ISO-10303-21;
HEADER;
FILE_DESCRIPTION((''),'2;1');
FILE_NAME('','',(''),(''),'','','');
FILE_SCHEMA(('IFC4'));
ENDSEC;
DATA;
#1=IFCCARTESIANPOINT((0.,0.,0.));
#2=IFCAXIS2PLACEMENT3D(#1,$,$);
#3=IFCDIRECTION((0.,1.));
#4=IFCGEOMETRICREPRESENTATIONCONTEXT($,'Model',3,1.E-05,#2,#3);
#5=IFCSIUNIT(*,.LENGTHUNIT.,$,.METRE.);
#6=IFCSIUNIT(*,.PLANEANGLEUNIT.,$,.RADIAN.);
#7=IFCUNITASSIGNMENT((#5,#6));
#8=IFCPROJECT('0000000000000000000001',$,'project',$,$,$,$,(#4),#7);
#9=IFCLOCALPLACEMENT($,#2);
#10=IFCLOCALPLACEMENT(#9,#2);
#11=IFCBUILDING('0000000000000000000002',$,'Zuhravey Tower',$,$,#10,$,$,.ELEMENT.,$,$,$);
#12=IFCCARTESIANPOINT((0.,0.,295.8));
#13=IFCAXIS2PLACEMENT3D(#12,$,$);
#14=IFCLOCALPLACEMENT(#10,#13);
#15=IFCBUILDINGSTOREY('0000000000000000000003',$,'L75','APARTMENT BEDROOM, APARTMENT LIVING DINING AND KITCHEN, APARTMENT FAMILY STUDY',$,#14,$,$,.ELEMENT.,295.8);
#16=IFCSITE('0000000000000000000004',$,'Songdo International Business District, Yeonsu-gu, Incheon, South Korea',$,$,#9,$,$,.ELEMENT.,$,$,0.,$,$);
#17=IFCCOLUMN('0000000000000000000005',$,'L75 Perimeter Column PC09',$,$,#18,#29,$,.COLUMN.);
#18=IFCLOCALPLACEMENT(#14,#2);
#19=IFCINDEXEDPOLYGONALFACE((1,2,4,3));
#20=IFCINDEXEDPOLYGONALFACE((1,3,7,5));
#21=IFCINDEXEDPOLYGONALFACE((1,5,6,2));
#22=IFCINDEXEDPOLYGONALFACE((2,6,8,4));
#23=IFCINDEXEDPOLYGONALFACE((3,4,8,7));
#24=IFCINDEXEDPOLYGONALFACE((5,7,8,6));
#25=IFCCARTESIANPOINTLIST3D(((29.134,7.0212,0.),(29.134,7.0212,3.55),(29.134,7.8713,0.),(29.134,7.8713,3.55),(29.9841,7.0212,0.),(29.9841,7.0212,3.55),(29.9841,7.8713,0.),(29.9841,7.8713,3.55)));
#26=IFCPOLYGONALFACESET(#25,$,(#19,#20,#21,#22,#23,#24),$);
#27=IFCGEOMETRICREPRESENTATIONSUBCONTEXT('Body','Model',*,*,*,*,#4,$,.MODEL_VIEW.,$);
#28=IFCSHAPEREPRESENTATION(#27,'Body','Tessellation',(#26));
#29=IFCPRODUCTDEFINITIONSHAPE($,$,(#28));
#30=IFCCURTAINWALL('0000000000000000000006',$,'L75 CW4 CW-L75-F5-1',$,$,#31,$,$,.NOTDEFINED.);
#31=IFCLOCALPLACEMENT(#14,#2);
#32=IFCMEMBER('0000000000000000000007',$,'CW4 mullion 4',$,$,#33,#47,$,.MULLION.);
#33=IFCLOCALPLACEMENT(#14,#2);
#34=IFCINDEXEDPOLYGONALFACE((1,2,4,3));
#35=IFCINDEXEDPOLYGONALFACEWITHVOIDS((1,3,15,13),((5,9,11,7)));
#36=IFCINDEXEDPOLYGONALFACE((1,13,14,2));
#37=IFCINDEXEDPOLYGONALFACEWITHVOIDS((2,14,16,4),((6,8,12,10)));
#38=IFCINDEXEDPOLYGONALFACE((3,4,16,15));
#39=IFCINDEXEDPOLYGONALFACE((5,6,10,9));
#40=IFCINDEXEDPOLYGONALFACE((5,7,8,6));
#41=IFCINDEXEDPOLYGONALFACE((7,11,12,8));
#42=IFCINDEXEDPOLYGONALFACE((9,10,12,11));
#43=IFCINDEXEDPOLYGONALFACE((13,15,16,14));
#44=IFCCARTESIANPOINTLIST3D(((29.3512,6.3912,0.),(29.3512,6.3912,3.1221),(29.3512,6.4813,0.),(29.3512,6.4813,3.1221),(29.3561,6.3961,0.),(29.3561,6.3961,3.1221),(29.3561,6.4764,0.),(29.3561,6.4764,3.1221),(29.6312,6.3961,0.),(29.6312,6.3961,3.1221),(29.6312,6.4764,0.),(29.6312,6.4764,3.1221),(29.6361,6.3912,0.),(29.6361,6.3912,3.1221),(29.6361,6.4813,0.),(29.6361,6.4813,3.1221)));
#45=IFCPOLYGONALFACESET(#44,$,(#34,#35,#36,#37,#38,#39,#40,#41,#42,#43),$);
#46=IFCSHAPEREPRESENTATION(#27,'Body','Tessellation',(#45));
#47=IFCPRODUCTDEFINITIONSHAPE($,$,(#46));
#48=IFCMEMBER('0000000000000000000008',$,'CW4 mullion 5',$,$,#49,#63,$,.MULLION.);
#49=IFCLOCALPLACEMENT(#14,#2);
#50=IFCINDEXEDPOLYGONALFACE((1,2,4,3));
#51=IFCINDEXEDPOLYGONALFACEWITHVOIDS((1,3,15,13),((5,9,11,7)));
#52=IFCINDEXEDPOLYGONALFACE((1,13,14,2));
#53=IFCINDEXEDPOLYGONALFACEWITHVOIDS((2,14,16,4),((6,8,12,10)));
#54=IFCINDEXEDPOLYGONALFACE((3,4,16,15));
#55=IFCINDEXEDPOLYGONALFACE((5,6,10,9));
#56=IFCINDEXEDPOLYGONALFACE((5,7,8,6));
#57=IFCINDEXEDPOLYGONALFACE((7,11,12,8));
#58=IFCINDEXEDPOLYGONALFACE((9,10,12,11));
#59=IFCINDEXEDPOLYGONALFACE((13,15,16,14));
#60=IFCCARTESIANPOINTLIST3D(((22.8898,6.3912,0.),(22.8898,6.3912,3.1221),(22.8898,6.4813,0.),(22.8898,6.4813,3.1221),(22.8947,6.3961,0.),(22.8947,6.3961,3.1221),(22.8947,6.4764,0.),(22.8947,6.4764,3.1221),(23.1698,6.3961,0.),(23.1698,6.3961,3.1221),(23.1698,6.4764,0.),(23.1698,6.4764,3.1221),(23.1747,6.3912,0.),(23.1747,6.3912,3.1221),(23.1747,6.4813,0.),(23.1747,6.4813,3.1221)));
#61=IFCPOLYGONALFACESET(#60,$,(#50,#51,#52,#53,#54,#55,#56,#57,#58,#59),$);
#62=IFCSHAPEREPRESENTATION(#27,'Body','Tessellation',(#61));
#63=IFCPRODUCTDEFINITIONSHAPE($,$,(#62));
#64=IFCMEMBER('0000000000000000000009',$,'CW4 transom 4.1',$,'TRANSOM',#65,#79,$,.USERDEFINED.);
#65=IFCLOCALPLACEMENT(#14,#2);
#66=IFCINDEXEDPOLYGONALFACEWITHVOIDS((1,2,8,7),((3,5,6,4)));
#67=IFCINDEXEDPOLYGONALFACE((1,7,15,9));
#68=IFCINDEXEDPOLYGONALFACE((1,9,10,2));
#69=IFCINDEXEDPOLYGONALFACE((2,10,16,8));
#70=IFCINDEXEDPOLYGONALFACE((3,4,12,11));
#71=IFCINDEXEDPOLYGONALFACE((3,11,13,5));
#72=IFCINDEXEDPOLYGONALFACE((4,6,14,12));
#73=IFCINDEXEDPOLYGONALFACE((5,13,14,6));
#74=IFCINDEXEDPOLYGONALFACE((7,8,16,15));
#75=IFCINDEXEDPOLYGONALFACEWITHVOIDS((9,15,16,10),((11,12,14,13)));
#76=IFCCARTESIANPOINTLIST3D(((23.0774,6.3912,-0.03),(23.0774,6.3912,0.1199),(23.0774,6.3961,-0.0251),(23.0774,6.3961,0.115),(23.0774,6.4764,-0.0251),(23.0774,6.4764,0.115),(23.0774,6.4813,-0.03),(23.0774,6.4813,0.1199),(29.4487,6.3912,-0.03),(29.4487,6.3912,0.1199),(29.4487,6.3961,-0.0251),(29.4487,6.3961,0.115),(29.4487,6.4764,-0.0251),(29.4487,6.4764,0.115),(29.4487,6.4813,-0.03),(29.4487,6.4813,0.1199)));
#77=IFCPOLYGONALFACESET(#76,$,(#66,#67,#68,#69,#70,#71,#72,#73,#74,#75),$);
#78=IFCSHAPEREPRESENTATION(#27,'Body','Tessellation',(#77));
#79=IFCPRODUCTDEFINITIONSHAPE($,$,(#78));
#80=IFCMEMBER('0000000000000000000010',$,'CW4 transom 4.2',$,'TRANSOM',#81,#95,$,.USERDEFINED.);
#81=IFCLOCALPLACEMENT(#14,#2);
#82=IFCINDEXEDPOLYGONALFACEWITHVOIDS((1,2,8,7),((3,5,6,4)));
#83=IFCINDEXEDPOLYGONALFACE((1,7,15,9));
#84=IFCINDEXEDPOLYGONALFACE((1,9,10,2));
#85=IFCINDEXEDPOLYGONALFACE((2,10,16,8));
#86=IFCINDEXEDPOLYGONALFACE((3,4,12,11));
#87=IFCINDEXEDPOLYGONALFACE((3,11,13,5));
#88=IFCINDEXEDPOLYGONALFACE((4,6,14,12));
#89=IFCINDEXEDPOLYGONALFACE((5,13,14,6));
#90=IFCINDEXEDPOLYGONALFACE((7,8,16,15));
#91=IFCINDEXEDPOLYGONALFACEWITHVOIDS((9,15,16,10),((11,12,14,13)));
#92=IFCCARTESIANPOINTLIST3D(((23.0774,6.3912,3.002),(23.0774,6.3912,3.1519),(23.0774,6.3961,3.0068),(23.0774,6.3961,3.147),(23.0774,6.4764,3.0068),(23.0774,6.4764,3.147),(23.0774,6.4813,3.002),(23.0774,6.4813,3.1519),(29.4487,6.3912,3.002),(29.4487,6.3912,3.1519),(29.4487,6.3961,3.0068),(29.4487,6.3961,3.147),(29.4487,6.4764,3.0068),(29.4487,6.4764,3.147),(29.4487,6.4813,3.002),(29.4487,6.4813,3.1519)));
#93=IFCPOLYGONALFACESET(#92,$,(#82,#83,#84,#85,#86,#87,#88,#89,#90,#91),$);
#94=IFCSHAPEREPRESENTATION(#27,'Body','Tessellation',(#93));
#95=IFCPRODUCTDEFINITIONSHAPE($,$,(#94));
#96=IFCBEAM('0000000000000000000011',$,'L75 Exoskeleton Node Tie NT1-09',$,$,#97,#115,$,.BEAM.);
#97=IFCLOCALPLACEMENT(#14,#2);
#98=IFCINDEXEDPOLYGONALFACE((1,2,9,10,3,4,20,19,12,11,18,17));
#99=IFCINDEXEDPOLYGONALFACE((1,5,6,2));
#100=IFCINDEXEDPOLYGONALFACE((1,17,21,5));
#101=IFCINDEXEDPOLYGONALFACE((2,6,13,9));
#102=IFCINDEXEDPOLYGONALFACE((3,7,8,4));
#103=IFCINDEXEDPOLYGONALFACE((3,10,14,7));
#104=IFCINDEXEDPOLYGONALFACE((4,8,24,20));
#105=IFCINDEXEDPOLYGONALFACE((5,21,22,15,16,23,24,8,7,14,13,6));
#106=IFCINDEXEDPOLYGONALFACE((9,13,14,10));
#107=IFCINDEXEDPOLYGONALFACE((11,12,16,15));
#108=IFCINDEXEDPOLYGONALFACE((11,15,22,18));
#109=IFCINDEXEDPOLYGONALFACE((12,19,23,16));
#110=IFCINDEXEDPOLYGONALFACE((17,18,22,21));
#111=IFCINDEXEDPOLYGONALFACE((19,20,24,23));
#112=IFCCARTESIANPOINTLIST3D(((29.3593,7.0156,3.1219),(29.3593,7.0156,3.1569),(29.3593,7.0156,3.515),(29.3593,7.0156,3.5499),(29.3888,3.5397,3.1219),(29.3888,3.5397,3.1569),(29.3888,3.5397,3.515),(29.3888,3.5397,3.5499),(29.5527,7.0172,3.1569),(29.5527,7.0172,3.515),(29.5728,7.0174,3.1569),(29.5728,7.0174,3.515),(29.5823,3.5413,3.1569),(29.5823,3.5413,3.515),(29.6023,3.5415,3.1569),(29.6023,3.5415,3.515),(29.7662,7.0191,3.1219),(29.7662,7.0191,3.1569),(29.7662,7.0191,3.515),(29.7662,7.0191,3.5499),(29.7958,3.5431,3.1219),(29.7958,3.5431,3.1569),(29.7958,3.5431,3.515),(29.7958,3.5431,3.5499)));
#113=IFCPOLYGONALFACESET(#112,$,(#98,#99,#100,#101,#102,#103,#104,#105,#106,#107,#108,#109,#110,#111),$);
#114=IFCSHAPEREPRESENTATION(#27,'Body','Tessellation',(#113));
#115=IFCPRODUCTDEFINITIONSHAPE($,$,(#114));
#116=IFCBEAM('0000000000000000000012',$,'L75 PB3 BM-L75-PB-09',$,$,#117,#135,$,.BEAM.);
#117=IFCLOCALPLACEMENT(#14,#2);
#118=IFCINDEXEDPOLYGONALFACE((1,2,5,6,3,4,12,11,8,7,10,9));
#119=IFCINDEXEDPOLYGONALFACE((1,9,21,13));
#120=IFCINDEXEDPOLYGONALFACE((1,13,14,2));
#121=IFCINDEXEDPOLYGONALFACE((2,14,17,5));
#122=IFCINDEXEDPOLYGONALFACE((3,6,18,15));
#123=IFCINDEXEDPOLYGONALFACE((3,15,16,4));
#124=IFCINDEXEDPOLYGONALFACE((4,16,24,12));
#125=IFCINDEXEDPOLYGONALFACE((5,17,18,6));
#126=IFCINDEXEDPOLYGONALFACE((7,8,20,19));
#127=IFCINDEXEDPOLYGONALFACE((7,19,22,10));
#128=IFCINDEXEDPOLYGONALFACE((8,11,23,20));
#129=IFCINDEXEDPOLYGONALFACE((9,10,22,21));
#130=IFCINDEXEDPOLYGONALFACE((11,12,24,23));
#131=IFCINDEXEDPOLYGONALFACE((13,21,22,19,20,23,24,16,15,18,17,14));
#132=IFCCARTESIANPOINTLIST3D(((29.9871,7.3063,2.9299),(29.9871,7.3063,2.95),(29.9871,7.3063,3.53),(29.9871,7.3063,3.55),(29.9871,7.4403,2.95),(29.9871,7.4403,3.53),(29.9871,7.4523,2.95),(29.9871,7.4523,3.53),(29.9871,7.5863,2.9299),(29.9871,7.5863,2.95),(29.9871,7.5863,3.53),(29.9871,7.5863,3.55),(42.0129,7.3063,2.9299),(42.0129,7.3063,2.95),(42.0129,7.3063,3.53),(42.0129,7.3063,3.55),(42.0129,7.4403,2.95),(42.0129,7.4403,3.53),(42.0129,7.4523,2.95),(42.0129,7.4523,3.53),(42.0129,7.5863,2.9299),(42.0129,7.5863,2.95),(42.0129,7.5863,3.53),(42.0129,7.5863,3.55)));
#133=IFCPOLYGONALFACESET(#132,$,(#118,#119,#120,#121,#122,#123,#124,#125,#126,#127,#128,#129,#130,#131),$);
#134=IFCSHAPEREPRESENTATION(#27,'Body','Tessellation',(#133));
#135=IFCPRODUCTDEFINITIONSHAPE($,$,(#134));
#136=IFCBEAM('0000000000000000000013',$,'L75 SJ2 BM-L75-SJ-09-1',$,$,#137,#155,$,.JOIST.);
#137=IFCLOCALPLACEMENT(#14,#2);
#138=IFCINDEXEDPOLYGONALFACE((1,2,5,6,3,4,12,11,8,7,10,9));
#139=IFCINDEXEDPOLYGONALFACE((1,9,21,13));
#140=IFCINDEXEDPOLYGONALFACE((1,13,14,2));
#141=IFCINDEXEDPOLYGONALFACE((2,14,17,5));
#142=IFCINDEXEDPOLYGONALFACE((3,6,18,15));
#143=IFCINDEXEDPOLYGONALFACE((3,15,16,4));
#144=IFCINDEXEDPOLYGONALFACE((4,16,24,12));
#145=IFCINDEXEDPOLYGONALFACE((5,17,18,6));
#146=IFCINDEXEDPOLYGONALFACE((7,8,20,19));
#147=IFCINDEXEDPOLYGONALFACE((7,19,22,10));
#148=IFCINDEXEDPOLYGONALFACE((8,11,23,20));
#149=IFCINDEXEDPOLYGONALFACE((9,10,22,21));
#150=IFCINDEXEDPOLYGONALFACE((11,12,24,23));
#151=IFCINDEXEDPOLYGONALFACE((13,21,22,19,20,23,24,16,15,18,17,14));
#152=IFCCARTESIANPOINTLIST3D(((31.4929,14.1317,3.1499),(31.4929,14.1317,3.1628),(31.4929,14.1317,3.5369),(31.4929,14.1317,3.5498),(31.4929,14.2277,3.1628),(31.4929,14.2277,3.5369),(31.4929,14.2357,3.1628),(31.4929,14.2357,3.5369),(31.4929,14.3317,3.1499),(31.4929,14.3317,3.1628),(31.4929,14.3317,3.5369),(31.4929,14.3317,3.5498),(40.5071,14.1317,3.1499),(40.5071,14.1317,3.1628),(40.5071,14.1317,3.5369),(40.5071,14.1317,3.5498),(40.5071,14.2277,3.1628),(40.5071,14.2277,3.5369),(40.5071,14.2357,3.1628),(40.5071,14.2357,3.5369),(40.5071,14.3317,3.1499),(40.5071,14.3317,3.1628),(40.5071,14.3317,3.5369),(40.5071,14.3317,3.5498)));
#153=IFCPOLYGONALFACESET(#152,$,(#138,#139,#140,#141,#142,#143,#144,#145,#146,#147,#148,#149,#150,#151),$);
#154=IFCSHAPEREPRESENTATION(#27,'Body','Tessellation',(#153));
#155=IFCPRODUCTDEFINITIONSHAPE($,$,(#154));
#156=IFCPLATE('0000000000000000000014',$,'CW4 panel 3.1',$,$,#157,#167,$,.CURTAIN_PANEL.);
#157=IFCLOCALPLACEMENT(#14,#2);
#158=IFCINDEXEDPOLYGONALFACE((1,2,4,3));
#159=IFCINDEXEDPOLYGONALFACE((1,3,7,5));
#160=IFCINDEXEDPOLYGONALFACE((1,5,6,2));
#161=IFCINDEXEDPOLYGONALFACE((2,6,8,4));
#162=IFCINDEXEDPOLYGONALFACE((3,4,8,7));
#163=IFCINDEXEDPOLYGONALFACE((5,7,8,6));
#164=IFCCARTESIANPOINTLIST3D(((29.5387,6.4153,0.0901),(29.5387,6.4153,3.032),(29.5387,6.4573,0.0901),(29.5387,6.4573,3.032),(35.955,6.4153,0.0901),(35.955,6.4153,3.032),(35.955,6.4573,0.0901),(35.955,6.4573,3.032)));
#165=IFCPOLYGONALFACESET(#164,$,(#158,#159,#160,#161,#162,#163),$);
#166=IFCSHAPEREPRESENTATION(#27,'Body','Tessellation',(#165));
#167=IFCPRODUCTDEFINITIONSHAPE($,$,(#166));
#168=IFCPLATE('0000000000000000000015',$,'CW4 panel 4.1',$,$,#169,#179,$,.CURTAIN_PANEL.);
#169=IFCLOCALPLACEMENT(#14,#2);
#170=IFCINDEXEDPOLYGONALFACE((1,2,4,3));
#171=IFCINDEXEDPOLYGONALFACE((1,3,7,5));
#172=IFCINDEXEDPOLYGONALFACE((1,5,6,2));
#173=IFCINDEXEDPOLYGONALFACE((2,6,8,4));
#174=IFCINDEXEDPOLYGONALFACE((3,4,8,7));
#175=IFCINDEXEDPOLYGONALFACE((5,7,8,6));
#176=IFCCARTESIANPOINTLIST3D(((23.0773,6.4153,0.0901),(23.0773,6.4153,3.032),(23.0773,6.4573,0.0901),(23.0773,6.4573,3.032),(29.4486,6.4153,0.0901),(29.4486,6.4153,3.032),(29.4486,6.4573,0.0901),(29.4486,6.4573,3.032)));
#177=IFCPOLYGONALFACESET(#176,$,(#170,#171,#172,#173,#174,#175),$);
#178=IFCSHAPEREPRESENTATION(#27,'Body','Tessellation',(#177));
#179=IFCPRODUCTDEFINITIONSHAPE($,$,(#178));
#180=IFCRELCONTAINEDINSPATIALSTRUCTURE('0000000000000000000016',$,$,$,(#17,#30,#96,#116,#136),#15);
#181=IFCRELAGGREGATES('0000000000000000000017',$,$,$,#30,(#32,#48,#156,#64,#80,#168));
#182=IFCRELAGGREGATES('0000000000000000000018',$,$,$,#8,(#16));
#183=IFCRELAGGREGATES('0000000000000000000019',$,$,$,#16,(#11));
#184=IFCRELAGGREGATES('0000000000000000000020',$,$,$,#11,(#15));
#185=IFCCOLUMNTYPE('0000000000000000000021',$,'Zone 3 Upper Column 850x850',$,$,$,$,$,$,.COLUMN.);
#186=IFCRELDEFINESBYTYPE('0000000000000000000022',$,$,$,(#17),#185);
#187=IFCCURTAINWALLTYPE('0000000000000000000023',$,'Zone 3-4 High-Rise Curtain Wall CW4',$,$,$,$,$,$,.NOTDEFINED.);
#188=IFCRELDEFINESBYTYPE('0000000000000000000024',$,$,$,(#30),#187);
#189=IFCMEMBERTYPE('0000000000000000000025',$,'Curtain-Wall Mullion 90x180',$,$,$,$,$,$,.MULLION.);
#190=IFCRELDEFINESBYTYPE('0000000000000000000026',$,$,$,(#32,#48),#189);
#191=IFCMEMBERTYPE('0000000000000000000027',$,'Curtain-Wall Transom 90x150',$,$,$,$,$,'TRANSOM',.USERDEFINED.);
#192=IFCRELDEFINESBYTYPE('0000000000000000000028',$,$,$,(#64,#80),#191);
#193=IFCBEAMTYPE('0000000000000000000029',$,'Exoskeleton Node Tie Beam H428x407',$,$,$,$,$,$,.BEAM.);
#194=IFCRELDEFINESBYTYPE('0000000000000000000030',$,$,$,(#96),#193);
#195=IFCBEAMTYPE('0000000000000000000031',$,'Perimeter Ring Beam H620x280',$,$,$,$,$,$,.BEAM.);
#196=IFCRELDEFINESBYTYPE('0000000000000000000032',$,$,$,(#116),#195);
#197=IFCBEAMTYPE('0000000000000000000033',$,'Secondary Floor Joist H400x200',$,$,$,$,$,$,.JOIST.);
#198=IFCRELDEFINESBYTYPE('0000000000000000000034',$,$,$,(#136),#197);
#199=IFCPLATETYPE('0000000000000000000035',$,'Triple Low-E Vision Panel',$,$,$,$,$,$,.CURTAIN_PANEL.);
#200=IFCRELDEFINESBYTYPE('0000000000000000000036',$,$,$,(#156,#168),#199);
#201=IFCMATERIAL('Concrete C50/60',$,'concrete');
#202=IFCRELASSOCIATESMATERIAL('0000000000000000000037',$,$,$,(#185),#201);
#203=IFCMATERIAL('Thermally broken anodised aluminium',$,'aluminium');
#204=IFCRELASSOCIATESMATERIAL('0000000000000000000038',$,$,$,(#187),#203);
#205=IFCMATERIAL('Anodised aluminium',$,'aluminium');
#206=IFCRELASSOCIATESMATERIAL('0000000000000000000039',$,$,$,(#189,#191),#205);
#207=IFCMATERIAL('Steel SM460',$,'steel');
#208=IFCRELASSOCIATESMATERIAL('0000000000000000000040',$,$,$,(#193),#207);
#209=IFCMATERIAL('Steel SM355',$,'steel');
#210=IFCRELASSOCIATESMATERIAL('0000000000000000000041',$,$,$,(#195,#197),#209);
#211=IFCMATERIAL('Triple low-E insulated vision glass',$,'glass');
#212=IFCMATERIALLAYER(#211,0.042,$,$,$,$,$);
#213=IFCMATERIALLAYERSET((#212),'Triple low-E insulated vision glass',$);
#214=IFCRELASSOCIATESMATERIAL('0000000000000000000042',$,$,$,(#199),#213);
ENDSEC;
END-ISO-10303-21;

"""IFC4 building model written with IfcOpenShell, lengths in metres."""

from ifc_helpers import new_model, si_unit, direction, frame, origin, origin_2d, place, context, subcontext, project, spatial, rectangle, hollow_rectangle, i_section, extrude, material, layer, layer_set, material_profile, profile_set, type_object, element, aggregate, save


model = new_model("IFC4")

# Units and contexts
model_context = context("Model", 3, precision=1e-05, world=origin(), true_north=direction((0.0, 1.0)))
body_context = subcontext(model_context, "Body", "Model", "MODEL_VIEW")
ifc_project = project(units=[si_unit("LENGTHUNIT", "METRE"), si_unit("PLANEANGLEUNIT", "RADIAN")], contexts=[model_context])

# Site, building, storey
site_placement = place(None, origin())
site = spatial("IfcSite", under=ifc_project, at=site_placement, Name="Songdo International Business District, Yeonsu-gu, Incheon, South Korea", CompositionType="ELEMENT", RefElevation=0.0)
building_placement = place(site_placement, origin())
building = spatial("IfcBuilding", under=site, at=building_placement, Name="Zuhravey Tower", CompositionType="ELEMENT")
storey_placement = place(building_placement, frame((0.0, 0.0, 295.8)))
storey = spatial("IfcBuildingStorey", under=building, at=storey_placement, Name="L75", Description="APARTMENT BEDROOM, APARTMENT LIVING DINING AND KITCHEN, APARTMENT FAMILY STUDY", CompositionType="ELEMENT", Elevation=295.8)

# Column
ifc_material_1 = material(Name="Concrete C50/60", Category="concrete")
ifc_material_profile_1 = material_profile(ifc_material_1, rectangle(XDim=0.8501, YDim=0.8501, at=origin_2d()), Name="RC-850x850")
ifc_profile_set_1 = profile_set([ifc_material_profile_1], Name="Concrete C50/60")
column_type = type_object("IfcColumnType", Name="Zone 3 Upper Column 850x850", PredefinedType="COLUMN", material=ifc_profile_set_1)
column_placement = place(storey_placement, frame((29.5591, 7.4463, 0.0), z_axis=(0.0, 0.0, 1.0), x_axis=(1.0, 0.0, 0.0)))
element("IfcColumn", 1, at=column_placement, inside=storey, type_object=column_type, Name="L75 Perimeter Column PC09", PredefinedType="COLUMN", context=body_context, shape_type="SweptSolid", body=[
    extrude(rectangle(XDim=0.8501, YDim=0.8501, at=origin_2d()), origin(), (0.0, 0.0, 1.0), 3.55),
])

# Curtain wall, members
ifc_material_2 = material(Name="Thermally broken anodised aluminium", Category="aluminium")
curtain_wall_type = type_object("IfcCurtainWallType", Name="Zone 3-4 High-Rise Curtain Wall CW4", PredefinedType="NOTDEFINED", material=ifc_material_2)
curtain_wall_placement = place(storey_placement, origin())
curtain_wall = element("IfcCurtainWall", 2, at=curtain_wall_placement, inside=storey, type_object=curtain_wall_type, Name="L75 CW4 CW-L75-F5-1", PredefinedType="NOTDEFINED")
ifc_material_3 = material(Name="Anodised aluminium", Category="aluminium")
ifc_material_profile_2 = material_profile(ifc_material_3, hollow_rectangle(XDim=0.0901, YDim=0.2849, WallThickness=0.0049, at=origin_2d()), Name="ALU-RHS-90x285x5")
ifc_profile_set_2 = profile_set([ifc_material_profile_2], Name="Anodised aluminium")
member_type_1 = type_object("IfcMemberType", Name="Curtain-Wall Mullion 90x180", PredefinedType="MULLION", material=ifc_profile_set_2)
member_1_placement = place(storey_placement, frame((29.4937, 6.4363, 0.0), z_axis=(0.0, 0.0, 1.0), x_axis=(0.0, -1.0, 0.0)))
member_1 = element("IfcMember", 3, at=member_1_placement, type_object=member_type_1, Name="CW4 mullion 4", PredefinedType="MULLION", context=body_context, shape_type="SweptSolid", body=[
    extrude(hollow_rectangle(XDim=0.0901, YDim=0.2849, WallThickness=0.0049, at=origin_2d()), origin(), (0.0, 0.0, 1.0), 3.1221),
])
member_2_placement = place(storey_placement, frame((23.0322, 6.4363, 0.0), z_axis=(0.0, 0.0, 1.0), x_axis=(0.0, -1.0, 0.0)))
member_2 = element("IfcMember", 4, at=member_2_placement, type_object=member_type_1, Name="CW4 mullion 5", PredefinedType="MULLION", context=body_context, shape_type="SweptSolid", body=[
    extrude(hollow_rectangle(XDim=0.0901, YDim=0.2849, WallThickness=0.0049, at=origin_2d()), origin(), (0.0, 0.0, 1.0), 3.1221),
])
ifc_material_profile_3 = material_profile(ifc_material_3, hollow_rectangle(XDim=0.0901, YDim=0.1499, WallThickness=0.0049, at=origin_2d()), Name="ALU-RHS-90x150x5")
ifc_profile_set_3 = profile_set([ifc_material_profile_3], Name="Anodised aluminium")
member_type_2 = type_object("IfcMemberType", Name="Curtain-Wall Transom 90x150", ElementType="TRANSOM", PredefinedType="USERDEFINED", material=ifc_profile_set_3)
member_3_placement = place(storey_placement, frame((29.4487, 6.4363, 0.0449), z_axis=(-1.0, 0.0, 0.0), x_axis=(0.0, -1.0, 0.0)))
member_3 = element("IfcMember", 5, at=member_3_placement, type_object=member_type_2, Name="CW4 transom 4.1", ObjectType="TRANSOM", PredefinedType="USERDEFINED", context=body_context, shape_type="SweptSolid", body=[
    extrude(hollow_rectangle(XDim=0.0901, YDim=0.1499, WallThickness=0.0049, at=origin_2d()), origin(), (0.0, 0.0, 1.0), 6.3713),
])
member_4_placement = place(storey_placement, frame((29.4487, 6.4363, 3.0769), z_axis=(-1.0, 0.0, 0.0), x_axis=(0.0, -1.0, 0.0)))
member_4 = element("IfcMember", 6, at=member_4_placement, type_object=member_type_2, Name="CW4 transom 4.2", ObjectType="TRANSOM", PredefinedType="USERDEFINED", context=body_context, shape_type="SweptSolid", body=[
    extrude(hollow_rectangle(XDim=0.0901, YDim=0.1499, WallThickness=0.0049, at=origin_2d()), origin(), (0.0, 0.0, 1.0), 6.3713),
])

# Beams
ifc_material_4 = material(Name="Steel SM460", Category="steel")
ifc_material_profile_4 = material_profile(ifc_material_4, i_section(OverallWidth=0.407, OverallDepth=0.428, WebThickness=0.02, FlangeThickness=0.0349, at=origin_2d()), Name="H-428x407x20x35")
ifc_profile_set_4 = profile_set([ifc_material_profile_4], Name="Steel SM460")
beam_type_1 = type_object("IfcBeamType", Name="Exoskeleton Node Tie Beam H428x407", PredefinedType="BEAM", material=ifc_profile_set_4)
beam_1_placement = place(storey_placement, frame((29.5627, 7.0173, 3.3359), z_axis=(0.008499, -0.999964, 0.0), x_axis=(0.999964, 0.008499, 0.0)))
element("IfcBeam", 7, at=beam_1_placement, inside=storey, type_object=beam_type_1, Name="L75 Exoskeleton Node Tie NT1-09", PredefinedType="BEAM", context=body_context, shape_type="SweptSolid", body=[
    extrude(i_section(OverallWidth=0.407, OverallDepth=0.428, WebThickness=0.02, FlangeThickness=0.0349, at=origin_2d()), origin(), (0.0, 0.0, 1.0), 3.4761),
])
ifc_material_5 = material(Name="Steel SM355", Category="steel")
ifc_material_profile_5 = material_profile(ifc_material_5, i_section(OverallWidth=0.28, OverallDepth=0.6201, WebThickness=0.012, FlangeThickness=0.02, at=origin_2d()), Name="H-620x280x12x20")
ifc_profile_set_5 = profile_set([ifc_material_profile_5], Name="Steel SM355")
beam_type_2 = type_object("IfcBeamType", Name="Perimeter Ring Beam H620x280", PredefinedType="BEAM", material=ifc_profile_set_5)
beam_2_placement = place(storey_placement, frame((29.9871, 7.4463, 3.24), z_axis=(1.0, 0.0, 0.0), x_axis=(0.0, 1.0, 0.0)))
element("IfcBeam", 8, at=beam_2_placement, inside=storey, type_object=beam_type_2, Name="L75 PB3 BM-L75-PB-09", PredefinedType="BEAM", context=body_context, shape_type="SweptSolid", body=[
    extrude(i_section(OverallWidth=0.28, OverallDepth=0.6201, WebThickness=0.012, FlangeThickness=0.02, at=origin_2d()), origin(), (0.0, 0.0, 1.0), 12.0259),
])
ifc_material_profile_6 = material_profile(ifc_material_5, i_section(OverallWidth=0.2, OverallDepth=0.3999, WebThickness=0.0081, FlangeThickness=0.0129, at=origin_2d()), Name="H-400x200x8x13")
ifc_profile_set_6 = profile_set([ifc_material_profile_6], Name="Steel SM355")
beam_type_3 = type_object("IfcBeamType", Name="Secondary Floor Joist H400x200", PredefinedType="JOIST", material=ifc_profile_set_6)
beam_3_placement = place(storey_placement, frame((31.4929, 14.2317, 3.3499), z_axis=(1.0, 0.0, 0.0), x_axis=(0.0, 1.0, 0.0)))
element("IfcBeam", 9, at=beam_3_placement, inside=storey, type_object=beam_type_3, Name="L75 SJ2 BM-L75-SJ-09-1", PredefinedType="JOIST", context=body_context, shape_type="SweptSolid", body=[
    extrude(i_section(OverallWidth=0.2, OverallDepth=0.3999, WebThickness=0.0081, FlangeThickness=0.0129, at=origin_2d()), origin(), (0.0, 0.0, 1.0), 9.0142),
])

# Plates
ifc_material_6 = material(Name="Triple low-E insulated vision glass", Category="glass")
ifc_layer_1 = layer(ifc_material_6, 0.042)
ifc_layer_set_1 = layer_set([ifc_layer_1], Name="Triple low-E insulated vision glass")
plate_type = type_object("IfcPlateType", Name="Triple Low-E Vision Panel", PredefinedType="CURTAIN_PANEL", material=ifc_layer_set_1)
plate_1_placement = place(storey_placement, frame((32.7468, 6.4363, 0.0901), z_axis=(0.0, 0.0, 1.0), x_axis=(-1.0, 0.0, 0.0)))
plate_1 = element("IfcPlate", 10, at=plate_1_placement, type_object=plate_type, Name="CW4 panel 3.1", PredefinedType="CURTAIN_PANEL", context=body_context, shape_type="SweptSolid", body=[
    extrude(rectangle(XDim=6.4163, YDim=0.042, at=origin_2d()), origin(), (0.0, 0.0, 1.0), 2.9419),
])
plate_2_placement = place(storey_placement, frame((26.2629, 6.4363, 0.0901), z_axis=(0.0, 0.0, 1.0), x_axis=(-1.0, 0.0, 0.0)))
plate_2 = element("IfcPlate", 11, at=plate_2_placement, type_object=plate_type, Name="CW4 panel 4.1", PredefinedType="CURTAIN_PANEL", context=body_context, shape_type="SweptSolid", body=[
    extrude(rectangle(XDim=6.3713, YDim=0.042, at=origin_2d()), origin(), (0.0, 0.0, 1.0), 2.9419),
])
aggregate(curtain_wall, [member_1, member_2, plate_1, member_3, member_4, plate_2])

save(model, "model.ifc")
